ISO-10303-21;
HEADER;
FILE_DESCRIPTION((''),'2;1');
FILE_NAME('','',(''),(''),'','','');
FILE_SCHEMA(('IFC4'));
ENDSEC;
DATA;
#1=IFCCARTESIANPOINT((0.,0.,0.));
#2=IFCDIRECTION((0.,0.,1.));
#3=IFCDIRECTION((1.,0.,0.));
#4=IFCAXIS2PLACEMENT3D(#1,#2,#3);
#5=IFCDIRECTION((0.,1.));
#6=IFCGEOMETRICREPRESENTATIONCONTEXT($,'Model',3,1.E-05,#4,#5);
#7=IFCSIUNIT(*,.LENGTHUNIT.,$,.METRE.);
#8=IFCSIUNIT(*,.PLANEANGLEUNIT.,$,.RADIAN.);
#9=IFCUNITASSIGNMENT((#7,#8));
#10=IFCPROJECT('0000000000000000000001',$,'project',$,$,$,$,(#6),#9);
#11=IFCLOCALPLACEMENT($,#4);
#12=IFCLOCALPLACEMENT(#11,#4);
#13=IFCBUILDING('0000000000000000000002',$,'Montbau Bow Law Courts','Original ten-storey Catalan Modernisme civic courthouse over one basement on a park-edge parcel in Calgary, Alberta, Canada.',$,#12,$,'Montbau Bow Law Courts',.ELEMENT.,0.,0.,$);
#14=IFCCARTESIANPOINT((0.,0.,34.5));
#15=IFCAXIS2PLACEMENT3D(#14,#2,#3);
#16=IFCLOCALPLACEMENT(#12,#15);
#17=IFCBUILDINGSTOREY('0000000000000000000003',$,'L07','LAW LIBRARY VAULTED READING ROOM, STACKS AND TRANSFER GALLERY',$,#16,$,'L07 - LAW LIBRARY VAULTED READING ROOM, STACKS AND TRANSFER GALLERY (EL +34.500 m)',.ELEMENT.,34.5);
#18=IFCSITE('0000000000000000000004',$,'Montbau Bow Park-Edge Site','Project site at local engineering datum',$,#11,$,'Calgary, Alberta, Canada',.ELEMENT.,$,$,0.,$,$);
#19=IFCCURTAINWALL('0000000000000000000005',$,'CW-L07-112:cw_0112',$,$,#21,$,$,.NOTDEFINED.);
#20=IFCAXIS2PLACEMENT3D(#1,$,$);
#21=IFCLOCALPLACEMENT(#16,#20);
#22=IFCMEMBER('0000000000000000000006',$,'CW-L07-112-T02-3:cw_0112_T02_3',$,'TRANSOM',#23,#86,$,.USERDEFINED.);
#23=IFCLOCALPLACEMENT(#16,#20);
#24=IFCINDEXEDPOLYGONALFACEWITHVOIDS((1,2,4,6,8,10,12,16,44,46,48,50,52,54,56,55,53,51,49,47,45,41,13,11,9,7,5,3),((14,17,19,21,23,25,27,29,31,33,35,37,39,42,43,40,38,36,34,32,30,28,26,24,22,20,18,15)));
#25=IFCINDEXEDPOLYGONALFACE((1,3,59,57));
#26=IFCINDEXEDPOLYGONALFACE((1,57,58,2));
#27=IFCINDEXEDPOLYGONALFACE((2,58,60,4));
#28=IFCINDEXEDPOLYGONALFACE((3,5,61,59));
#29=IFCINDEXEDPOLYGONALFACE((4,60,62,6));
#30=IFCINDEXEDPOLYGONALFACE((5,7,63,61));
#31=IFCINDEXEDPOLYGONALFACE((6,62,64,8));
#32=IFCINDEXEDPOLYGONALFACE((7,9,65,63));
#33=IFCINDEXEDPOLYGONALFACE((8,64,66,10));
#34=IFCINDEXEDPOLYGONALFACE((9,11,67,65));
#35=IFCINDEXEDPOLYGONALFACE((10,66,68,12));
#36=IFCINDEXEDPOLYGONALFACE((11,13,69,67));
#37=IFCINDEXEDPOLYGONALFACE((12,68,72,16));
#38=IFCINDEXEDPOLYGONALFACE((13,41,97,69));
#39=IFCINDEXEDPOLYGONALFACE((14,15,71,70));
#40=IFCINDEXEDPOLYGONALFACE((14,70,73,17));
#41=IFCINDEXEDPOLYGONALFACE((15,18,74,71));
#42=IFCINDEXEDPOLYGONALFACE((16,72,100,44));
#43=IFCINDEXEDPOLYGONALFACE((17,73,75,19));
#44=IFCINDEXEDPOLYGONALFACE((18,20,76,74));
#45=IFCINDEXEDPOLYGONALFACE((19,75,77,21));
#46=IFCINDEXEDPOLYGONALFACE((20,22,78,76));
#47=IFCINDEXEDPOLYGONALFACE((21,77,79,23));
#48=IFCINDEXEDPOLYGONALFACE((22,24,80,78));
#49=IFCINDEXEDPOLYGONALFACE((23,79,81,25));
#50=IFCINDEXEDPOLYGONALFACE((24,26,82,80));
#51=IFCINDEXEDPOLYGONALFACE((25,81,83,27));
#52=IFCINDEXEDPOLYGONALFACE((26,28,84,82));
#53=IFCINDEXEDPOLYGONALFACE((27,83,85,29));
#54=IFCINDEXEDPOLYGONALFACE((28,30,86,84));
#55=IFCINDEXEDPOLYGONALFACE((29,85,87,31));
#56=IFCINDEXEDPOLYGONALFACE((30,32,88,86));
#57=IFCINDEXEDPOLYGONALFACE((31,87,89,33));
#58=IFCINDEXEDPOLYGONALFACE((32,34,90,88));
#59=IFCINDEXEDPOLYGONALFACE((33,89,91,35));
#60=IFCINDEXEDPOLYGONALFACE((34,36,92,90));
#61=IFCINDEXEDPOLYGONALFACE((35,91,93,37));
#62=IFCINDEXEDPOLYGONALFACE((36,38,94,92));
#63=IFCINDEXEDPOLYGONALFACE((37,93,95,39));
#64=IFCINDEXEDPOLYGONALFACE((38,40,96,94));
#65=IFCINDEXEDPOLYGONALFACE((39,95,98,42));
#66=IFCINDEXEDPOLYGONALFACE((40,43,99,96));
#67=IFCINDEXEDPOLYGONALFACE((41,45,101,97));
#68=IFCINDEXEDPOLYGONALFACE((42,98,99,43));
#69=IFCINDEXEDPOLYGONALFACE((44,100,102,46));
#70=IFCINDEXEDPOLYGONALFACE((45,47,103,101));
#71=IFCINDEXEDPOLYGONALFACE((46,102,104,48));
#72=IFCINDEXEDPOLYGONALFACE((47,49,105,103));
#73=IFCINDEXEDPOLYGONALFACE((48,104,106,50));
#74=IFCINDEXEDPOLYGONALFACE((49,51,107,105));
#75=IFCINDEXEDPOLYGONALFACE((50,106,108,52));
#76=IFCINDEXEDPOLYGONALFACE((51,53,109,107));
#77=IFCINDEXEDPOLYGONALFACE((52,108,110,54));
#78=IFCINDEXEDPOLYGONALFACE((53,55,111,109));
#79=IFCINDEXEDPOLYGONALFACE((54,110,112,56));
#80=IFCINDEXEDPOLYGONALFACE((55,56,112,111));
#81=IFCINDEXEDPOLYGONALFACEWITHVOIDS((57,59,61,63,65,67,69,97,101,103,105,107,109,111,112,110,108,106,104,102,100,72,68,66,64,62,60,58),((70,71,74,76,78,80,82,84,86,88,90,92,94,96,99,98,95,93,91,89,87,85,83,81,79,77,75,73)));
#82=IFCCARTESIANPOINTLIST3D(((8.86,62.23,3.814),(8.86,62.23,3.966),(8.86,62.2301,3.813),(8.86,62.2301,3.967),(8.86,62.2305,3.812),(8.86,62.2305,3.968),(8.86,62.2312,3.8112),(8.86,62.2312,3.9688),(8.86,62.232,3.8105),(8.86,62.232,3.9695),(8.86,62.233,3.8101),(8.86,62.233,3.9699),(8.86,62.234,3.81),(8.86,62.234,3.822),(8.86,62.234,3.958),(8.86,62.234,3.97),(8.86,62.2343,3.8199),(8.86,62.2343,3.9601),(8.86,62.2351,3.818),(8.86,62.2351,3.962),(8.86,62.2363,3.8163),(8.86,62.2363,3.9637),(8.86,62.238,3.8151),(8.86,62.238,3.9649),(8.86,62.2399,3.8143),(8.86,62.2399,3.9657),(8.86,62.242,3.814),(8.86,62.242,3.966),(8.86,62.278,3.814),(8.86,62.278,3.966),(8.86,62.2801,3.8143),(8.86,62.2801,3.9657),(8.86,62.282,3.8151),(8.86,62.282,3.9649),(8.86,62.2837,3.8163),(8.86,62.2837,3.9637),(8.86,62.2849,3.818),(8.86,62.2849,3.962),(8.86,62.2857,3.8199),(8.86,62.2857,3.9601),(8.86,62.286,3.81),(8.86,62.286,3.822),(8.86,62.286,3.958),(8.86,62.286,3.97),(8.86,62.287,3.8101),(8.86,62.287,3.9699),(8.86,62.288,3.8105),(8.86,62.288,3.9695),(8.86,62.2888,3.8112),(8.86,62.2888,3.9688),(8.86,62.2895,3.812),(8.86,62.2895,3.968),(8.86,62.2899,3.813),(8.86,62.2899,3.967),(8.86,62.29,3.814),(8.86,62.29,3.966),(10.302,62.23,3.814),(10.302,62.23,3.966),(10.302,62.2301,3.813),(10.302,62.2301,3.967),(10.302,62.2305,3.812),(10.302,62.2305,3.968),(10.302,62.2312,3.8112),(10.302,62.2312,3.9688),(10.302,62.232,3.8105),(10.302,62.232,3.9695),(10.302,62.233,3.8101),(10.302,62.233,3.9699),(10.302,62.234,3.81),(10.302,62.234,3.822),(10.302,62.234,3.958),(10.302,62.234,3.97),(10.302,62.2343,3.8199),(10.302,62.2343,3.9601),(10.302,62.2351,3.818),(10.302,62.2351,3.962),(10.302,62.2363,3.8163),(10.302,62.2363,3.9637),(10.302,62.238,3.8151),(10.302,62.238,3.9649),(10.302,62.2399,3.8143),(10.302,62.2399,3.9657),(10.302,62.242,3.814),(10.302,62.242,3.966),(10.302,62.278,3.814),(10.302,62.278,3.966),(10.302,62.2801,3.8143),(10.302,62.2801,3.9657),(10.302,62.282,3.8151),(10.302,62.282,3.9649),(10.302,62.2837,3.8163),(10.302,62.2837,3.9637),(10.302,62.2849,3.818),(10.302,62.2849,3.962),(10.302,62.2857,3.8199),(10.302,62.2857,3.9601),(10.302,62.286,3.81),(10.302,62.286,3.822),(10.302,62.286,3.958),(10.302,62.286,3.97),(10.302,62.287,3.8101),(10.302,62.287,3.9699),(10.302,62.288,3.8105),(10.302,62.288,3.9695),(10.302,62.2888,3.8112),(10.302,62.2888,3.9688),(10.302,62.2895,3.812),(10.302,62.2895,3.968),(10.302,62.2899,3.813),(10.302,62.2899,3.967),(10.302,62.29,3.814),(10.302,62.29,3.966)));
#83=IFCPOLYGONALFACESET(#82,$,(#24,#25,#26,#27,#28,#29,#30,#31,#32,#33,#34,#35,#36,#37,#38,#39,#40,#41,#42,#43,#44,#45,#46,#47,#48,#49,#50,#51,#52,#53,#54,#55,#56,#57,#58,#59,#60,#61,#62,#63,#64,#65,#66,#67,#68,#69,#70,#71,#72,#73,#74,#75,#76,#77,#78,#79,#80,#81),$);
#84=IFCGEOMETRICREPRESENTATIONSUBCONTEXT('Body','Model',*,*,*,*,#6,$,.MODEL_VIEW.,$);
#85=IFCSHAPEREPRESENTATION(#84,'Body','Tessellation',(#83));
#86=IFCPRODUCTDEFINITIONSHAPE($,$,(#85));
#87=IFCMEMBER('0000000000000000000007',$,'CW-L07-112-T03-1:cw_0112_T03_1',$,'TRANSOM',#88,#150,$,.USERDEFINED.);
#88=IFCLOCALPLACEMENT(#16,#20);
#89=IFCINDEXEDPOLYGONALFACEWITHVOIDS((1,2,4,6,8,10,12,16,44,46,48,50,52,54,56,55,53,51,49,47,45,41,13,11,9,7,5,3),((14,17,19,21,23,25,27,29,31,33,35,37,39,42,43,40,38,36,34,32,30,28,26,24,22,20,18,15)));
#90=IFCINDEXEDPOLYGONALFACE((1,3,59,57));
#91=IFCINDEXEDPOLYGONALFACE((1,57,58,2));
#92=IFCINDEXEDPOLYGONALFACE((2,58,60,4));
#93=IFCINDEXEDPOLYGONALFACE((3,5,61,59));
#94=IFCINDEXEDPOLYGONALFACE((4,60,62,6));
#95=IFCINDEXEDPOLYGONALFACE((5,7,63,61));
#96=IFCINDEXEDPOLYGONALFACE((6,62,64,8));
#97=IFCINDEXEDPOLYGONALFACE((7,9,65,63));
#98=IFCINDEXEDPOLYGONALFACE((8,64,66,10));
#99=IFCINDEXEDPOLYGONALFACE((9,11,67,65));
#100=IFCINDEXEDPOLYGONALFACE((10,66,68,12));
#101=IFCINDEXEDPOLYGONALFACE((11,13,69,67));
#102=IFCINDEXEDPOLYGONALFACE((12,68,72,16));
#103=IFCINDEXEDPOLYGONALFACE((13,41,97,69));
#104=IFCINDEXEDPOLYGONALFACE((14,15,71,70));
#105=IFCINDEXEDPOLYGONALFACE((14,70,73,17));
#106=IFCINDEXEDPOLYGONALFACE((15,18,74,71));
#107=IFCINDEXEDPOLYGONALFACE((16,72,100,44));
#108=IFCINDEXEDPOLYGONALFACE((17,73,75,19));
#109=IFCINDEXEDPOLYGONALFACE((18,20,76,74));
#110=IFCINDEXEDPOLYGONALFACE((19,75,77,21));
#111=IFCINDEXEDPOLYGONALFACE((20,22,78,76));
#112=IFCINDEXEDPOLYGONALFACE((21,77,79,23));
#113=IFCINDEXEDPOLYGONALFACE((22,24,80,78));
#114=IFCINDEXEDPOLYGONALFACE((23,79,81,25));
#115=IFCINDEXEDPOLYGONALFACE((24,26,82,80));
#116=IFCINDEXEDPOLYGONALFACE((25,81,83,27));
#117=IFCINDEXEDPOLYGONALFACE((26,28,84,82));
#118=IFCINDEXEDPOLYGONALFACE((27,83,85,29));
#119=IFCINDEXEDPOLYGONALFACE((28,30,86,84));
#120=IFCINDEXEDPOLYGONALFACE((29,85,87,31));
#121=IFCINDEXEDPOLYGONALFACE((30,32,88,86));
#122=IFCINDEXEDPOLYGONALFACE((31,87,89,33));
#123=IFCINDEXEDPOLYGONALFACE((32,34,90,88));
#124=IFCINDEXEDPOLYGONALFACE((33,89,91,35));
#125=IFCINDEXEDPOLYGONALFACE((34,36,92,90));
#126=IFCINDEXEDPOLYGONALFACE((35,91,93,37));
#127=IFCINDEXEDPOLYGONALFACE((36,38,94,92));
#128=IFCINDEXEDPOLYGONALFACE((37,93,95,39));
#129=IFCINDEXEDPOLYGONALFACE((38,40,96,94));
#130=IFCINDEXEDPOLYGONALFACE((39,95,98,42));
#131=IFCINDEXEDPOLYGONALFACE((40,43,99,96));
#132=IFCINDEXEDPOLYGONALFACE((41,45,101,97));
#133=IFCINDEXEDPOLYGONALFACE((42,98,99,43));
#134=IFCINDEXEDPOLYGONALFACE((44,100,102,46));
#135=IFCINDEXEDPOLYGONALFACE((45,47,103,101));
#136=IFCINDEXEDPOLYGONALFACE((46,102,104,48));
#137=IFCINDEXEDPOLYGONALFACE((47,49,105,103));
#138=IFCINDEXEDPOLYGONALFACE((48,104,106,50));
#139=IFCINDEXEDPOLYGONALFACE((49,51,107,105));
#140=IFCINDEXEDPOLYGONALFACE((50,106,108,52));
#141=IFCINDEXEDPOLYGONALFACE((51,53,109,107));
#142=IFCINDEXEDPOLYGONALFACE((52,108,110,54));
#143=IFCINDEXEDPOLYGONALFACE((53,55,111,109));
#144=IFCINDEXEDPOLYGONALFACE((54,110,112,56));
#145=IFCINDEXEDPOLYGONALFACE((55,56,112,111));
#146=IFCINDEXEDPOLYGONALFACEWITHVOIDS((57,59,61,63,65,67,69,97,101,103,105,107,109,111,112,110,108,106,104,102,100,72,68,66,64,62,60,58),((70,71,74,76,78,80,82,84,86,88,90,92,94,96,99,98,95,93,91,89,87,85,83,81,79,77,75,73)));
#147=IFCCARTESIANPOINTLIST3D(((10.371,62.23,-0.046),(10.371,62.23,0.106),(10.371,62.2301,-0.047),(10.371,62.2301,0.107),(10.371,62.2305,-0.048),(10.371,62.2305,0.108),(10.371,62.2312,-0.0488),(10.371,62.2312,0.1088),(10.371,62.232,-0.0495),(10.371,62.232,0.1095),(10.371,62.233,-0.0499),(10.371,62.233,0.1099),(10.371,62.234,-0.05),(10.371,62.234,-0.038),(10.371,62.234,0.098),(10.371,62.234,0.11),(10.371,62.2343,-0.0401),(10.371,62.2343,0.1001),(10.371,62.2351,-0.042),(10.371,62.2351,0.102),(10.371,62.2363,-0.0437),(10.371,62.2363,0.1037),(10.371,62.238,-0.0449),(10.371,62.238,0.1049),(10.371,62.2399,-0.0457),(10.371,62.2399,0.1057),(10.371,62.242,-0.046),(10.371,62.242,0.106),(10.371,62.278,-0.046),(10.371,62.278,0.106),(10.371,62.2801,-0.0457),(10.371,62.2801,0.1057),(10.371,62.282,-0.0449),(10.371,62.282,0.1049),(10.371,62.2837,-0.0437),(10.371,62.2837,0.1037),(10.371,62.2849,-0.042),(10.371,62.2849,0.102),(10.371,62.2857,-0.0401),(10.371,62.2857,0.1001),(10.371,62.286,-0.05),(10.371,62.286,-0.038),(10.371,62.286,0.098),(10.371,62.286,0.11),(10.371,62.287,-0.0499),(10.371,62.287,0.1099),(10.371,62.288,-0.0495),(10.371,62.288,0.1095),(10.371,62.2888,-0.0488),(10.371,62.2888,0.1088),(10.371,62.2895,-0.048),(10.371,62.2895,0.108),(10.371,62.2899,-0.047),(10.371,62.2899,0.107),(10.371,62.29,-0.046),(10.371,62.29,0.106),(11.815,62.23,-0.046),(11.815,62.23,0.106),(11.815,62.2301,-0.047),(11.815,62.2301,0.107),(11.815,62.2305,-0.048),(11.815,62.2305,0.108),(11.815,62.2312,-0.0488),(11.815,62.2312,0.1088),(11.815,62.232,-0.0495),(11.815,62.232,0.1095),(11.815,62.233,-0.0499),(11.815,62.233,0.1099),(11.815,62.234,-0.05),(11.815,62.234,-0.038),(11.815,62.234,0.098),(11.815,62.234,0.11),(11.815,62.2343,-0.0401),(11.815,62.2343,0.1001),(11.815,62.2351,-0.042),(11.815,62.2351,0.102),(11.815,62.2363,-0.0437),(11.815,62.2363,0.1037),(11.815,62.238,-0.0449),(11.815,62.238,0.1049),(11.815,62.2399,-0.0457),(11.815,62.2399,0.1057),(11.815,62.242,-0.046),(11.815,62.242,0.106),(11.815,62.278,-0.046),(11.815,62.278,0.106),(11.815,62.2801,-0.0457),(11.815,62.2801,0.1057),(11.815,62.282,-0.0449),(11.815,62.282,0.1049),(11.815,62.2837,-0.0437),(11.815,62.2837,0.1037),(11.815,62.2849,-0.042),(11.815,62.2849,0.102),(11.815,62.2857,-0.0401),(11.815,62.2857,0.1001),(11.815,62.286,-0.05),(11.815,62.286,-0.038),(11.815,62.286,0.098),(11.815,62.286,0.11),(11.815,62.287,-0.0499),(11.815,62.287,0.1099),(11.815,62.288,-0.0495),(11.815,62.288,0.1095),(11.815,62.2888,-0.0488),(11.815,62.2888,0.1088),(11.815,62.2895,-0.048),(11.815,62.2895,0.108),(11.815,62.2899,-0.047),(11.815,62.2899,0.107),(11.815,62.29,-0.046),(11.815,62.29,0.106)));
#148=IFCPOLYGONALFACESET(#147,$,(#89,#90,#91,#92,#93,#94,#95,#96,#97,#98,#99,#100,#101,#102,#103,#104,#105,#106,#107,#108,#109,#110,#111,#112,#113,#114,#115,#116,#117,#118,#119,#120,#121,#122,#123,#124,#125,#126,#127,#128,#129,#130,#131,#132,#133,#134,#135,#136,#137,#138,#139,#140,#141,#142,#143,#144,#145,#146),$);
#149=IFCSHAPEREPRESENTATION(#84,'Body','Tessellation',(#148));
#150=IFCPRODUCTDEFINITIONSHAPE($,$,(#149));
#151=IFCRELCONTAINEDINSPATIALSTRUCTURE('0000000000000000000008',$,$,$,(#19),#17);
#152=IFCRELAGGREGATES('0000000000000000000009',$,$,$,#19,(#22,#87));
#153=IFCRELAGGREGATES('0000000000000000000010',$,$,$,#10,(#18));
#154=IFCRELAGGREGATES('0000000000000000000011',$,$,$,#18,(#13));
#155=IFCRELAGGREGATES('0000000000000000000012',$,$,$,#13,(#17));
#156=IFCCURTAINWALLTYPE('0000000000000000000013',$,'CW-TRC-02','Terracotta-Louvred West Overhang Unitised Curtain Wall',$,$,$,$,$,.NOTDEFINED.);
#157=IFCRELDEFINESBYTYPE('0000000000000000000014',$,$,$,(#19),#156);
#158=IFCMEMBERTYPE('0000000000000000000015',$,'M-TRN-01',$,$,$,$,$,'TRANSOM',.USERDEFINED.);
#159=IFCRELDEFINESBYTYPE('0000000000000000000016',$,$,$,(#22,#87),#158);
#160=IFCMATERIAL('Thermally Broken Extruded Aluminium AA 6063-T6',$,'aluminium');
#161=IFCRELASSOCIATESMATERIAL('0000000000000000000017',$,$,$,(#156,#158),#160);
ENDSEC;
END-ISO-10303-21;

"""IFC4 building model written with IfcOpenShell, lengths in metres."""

from ifc_helpers import new_model, si_unit, direction, frame, origin_with_axes, origin_2d_with_axis, place, context, subcontext, project, spatial, hollow_rectangle, extrude, material, material_profile, profile_set, type_object, element, aggregate, save


model = new_model("IFC4")

# Units and contexts
model_context = context("Model", 3, precision=1e-05, world=origin_with_axes(), true_north=direction((0.0, 1.0)))
body_context = subcontext(model_context, "Body", "Model", "MODEL_VIEW")
ifc_project = project(units=[si_unit("LENGTHUNIT", "METRE"), si_unit("PLANEANGLEUNIT", "RADIAN")], contexts=[model_context])

# Site, building, storey
site_placement = place(None, origin_with_axes())
site = spatial("IfcSite", under=ifc_project, at=site_placement, Name="Montbau Bow Park-Edge Site", Description="Project site at local engineering datum", LongName="Calgary, Alberta, Canada", CompositionType="ELEMENT", RefElevation=0.0)
building_placement = place(site_placement, origin_with_axes())
building = spatial("IfcBuilding", under=site, at=building_placement, Name="Montbau Bow Law Courts", Description="Original ten-storey Catalan Modernisme civic courthouse over one basement on a park-edge parcel in Calgary, Alberta, Canada.", LongName="Montbau Bow Law Courts", CompositionType="ELEMENT", ElevationOfRefHeight=0.0, ElevationOfTerrain=0.0)
storey_placement = place(building_placement, frame((0.0, 0.0, 34.5), z_axis=(0.0, 0.0, 1.0), x_axis=(1.0, 0.0, 0.0)))
storey = spatial("IfcBuildingStorey", under=building, at=storey_placement, Name="L07", Description="LAW LIBRARY VAULTED READING ROOM, STACKS AND TRANSFER GALLERY", LongName="L07 - LAW LIBRARY VAULTED READING ROOM, STACKS AND TRANSFER GALLERY (EL +34.500 m)", CompositionType="ELEMENT", Elevation=34.5)

# Curtain wall, members
ifc_material_1 = material(Name="Thermally Broken Extruded Aluminium AA 6063-T6", Category="aluminium")
curtain_wall_type = type_object("IfcCurtainWallType", Name="CW-TRC-02", Description="Terracotta-Louvred West Overhang Unitised Curtain Wall", PredefinedType="NOTDEFINED", material=ifc_material_1)
curtain_wall_placement = place(None, frame((7.315, 62.26, 34.5), z_axis=(0.0, 0.0, 1.0), x_axis=(1.0, 0.0, 0.0)))
curtain_wall = element("IfcCurtainWall", 1, at=curtain_wall_placement, inside=storey, type_object=curtain_wall_type, Name="CW-L07-112:cw_0112", PredefinedType="NOTDEFINED")
ifc_material_profile_1 = material_profile(ifc_material_1, hollow_rectangle(XDim=0.06, YDim=0.16, WallThickness=0.004, InnerFilletRadius=0.008, OuterFilletRadius=0.004, at=origin_2d_with_axis()), Name="CWT-160X60", Category="Main", Priority=0)
ifc_profile_set_1 = profile_set([ifc_material_profile_1], Name="Thermally Broken Extruded Aluminium AA 6063-T6")
member_type_1 = type_object("IfcMemberType", Name="M-TRN-01", ElementType="TRANSOM", PredefinedType="USERDEFINED", material=ifc_profile_set_1)
member_1_placement = place(None, frame((8.86, 62.26, 38.39), z_axis=(1.0, 0.0, 0.0), x_axis=(0.0, 1.0, 0.0)))
member_1 = element("IfcMember", 2, at=member_1_placement, type_object=member_type_1, Name="CW-L07-112-T02-3:cw_0112_T02_3", ObjectType="TRANSOM", PredefinedType="USERDEFINED", context=body_context, shape_type="SweptSolid", body=[
    extrude(hollow_rectangle(XDim=0.06, YDim=0.16, WallThickness=0.004, InnerFilletRadius=0.008, OuterFilletRadius=0.004, at=origin_2d_with_axis()), origin_with_axes(), (0.0, 0.0, 1.0), 1.442),
])
member_2_placement = place(None, frame((10.371, 62.26, 34.53), z_axis=(1.0, 0.0, 0.0), x_axis=(0.0, 1.0, 0.0)))
member_2 = element("IfcMember", 3, at=member_2_placement, type_object=member_type_1, Name="CW-L07-112-T03-1:cw_0112_T03_1", ObjectType="TRANSOM", PredefinedType="USERDEFINED", context=body_context, shape_type="SweptSolid", body=[
    extrude(hollow_rectangle(XDim=0.06, YDim=0.16, WallThickness=0.004, InnerFilletRadius=0.008, OuterFilletRadius=0.004, at=origin_2d_with_axis()), origin_with_axes(), (0.0, 0.0, 1.0), 1.444),
])
aggregate(curtain_wall, [member_1, member_2])

save(model, "model.ifc")
